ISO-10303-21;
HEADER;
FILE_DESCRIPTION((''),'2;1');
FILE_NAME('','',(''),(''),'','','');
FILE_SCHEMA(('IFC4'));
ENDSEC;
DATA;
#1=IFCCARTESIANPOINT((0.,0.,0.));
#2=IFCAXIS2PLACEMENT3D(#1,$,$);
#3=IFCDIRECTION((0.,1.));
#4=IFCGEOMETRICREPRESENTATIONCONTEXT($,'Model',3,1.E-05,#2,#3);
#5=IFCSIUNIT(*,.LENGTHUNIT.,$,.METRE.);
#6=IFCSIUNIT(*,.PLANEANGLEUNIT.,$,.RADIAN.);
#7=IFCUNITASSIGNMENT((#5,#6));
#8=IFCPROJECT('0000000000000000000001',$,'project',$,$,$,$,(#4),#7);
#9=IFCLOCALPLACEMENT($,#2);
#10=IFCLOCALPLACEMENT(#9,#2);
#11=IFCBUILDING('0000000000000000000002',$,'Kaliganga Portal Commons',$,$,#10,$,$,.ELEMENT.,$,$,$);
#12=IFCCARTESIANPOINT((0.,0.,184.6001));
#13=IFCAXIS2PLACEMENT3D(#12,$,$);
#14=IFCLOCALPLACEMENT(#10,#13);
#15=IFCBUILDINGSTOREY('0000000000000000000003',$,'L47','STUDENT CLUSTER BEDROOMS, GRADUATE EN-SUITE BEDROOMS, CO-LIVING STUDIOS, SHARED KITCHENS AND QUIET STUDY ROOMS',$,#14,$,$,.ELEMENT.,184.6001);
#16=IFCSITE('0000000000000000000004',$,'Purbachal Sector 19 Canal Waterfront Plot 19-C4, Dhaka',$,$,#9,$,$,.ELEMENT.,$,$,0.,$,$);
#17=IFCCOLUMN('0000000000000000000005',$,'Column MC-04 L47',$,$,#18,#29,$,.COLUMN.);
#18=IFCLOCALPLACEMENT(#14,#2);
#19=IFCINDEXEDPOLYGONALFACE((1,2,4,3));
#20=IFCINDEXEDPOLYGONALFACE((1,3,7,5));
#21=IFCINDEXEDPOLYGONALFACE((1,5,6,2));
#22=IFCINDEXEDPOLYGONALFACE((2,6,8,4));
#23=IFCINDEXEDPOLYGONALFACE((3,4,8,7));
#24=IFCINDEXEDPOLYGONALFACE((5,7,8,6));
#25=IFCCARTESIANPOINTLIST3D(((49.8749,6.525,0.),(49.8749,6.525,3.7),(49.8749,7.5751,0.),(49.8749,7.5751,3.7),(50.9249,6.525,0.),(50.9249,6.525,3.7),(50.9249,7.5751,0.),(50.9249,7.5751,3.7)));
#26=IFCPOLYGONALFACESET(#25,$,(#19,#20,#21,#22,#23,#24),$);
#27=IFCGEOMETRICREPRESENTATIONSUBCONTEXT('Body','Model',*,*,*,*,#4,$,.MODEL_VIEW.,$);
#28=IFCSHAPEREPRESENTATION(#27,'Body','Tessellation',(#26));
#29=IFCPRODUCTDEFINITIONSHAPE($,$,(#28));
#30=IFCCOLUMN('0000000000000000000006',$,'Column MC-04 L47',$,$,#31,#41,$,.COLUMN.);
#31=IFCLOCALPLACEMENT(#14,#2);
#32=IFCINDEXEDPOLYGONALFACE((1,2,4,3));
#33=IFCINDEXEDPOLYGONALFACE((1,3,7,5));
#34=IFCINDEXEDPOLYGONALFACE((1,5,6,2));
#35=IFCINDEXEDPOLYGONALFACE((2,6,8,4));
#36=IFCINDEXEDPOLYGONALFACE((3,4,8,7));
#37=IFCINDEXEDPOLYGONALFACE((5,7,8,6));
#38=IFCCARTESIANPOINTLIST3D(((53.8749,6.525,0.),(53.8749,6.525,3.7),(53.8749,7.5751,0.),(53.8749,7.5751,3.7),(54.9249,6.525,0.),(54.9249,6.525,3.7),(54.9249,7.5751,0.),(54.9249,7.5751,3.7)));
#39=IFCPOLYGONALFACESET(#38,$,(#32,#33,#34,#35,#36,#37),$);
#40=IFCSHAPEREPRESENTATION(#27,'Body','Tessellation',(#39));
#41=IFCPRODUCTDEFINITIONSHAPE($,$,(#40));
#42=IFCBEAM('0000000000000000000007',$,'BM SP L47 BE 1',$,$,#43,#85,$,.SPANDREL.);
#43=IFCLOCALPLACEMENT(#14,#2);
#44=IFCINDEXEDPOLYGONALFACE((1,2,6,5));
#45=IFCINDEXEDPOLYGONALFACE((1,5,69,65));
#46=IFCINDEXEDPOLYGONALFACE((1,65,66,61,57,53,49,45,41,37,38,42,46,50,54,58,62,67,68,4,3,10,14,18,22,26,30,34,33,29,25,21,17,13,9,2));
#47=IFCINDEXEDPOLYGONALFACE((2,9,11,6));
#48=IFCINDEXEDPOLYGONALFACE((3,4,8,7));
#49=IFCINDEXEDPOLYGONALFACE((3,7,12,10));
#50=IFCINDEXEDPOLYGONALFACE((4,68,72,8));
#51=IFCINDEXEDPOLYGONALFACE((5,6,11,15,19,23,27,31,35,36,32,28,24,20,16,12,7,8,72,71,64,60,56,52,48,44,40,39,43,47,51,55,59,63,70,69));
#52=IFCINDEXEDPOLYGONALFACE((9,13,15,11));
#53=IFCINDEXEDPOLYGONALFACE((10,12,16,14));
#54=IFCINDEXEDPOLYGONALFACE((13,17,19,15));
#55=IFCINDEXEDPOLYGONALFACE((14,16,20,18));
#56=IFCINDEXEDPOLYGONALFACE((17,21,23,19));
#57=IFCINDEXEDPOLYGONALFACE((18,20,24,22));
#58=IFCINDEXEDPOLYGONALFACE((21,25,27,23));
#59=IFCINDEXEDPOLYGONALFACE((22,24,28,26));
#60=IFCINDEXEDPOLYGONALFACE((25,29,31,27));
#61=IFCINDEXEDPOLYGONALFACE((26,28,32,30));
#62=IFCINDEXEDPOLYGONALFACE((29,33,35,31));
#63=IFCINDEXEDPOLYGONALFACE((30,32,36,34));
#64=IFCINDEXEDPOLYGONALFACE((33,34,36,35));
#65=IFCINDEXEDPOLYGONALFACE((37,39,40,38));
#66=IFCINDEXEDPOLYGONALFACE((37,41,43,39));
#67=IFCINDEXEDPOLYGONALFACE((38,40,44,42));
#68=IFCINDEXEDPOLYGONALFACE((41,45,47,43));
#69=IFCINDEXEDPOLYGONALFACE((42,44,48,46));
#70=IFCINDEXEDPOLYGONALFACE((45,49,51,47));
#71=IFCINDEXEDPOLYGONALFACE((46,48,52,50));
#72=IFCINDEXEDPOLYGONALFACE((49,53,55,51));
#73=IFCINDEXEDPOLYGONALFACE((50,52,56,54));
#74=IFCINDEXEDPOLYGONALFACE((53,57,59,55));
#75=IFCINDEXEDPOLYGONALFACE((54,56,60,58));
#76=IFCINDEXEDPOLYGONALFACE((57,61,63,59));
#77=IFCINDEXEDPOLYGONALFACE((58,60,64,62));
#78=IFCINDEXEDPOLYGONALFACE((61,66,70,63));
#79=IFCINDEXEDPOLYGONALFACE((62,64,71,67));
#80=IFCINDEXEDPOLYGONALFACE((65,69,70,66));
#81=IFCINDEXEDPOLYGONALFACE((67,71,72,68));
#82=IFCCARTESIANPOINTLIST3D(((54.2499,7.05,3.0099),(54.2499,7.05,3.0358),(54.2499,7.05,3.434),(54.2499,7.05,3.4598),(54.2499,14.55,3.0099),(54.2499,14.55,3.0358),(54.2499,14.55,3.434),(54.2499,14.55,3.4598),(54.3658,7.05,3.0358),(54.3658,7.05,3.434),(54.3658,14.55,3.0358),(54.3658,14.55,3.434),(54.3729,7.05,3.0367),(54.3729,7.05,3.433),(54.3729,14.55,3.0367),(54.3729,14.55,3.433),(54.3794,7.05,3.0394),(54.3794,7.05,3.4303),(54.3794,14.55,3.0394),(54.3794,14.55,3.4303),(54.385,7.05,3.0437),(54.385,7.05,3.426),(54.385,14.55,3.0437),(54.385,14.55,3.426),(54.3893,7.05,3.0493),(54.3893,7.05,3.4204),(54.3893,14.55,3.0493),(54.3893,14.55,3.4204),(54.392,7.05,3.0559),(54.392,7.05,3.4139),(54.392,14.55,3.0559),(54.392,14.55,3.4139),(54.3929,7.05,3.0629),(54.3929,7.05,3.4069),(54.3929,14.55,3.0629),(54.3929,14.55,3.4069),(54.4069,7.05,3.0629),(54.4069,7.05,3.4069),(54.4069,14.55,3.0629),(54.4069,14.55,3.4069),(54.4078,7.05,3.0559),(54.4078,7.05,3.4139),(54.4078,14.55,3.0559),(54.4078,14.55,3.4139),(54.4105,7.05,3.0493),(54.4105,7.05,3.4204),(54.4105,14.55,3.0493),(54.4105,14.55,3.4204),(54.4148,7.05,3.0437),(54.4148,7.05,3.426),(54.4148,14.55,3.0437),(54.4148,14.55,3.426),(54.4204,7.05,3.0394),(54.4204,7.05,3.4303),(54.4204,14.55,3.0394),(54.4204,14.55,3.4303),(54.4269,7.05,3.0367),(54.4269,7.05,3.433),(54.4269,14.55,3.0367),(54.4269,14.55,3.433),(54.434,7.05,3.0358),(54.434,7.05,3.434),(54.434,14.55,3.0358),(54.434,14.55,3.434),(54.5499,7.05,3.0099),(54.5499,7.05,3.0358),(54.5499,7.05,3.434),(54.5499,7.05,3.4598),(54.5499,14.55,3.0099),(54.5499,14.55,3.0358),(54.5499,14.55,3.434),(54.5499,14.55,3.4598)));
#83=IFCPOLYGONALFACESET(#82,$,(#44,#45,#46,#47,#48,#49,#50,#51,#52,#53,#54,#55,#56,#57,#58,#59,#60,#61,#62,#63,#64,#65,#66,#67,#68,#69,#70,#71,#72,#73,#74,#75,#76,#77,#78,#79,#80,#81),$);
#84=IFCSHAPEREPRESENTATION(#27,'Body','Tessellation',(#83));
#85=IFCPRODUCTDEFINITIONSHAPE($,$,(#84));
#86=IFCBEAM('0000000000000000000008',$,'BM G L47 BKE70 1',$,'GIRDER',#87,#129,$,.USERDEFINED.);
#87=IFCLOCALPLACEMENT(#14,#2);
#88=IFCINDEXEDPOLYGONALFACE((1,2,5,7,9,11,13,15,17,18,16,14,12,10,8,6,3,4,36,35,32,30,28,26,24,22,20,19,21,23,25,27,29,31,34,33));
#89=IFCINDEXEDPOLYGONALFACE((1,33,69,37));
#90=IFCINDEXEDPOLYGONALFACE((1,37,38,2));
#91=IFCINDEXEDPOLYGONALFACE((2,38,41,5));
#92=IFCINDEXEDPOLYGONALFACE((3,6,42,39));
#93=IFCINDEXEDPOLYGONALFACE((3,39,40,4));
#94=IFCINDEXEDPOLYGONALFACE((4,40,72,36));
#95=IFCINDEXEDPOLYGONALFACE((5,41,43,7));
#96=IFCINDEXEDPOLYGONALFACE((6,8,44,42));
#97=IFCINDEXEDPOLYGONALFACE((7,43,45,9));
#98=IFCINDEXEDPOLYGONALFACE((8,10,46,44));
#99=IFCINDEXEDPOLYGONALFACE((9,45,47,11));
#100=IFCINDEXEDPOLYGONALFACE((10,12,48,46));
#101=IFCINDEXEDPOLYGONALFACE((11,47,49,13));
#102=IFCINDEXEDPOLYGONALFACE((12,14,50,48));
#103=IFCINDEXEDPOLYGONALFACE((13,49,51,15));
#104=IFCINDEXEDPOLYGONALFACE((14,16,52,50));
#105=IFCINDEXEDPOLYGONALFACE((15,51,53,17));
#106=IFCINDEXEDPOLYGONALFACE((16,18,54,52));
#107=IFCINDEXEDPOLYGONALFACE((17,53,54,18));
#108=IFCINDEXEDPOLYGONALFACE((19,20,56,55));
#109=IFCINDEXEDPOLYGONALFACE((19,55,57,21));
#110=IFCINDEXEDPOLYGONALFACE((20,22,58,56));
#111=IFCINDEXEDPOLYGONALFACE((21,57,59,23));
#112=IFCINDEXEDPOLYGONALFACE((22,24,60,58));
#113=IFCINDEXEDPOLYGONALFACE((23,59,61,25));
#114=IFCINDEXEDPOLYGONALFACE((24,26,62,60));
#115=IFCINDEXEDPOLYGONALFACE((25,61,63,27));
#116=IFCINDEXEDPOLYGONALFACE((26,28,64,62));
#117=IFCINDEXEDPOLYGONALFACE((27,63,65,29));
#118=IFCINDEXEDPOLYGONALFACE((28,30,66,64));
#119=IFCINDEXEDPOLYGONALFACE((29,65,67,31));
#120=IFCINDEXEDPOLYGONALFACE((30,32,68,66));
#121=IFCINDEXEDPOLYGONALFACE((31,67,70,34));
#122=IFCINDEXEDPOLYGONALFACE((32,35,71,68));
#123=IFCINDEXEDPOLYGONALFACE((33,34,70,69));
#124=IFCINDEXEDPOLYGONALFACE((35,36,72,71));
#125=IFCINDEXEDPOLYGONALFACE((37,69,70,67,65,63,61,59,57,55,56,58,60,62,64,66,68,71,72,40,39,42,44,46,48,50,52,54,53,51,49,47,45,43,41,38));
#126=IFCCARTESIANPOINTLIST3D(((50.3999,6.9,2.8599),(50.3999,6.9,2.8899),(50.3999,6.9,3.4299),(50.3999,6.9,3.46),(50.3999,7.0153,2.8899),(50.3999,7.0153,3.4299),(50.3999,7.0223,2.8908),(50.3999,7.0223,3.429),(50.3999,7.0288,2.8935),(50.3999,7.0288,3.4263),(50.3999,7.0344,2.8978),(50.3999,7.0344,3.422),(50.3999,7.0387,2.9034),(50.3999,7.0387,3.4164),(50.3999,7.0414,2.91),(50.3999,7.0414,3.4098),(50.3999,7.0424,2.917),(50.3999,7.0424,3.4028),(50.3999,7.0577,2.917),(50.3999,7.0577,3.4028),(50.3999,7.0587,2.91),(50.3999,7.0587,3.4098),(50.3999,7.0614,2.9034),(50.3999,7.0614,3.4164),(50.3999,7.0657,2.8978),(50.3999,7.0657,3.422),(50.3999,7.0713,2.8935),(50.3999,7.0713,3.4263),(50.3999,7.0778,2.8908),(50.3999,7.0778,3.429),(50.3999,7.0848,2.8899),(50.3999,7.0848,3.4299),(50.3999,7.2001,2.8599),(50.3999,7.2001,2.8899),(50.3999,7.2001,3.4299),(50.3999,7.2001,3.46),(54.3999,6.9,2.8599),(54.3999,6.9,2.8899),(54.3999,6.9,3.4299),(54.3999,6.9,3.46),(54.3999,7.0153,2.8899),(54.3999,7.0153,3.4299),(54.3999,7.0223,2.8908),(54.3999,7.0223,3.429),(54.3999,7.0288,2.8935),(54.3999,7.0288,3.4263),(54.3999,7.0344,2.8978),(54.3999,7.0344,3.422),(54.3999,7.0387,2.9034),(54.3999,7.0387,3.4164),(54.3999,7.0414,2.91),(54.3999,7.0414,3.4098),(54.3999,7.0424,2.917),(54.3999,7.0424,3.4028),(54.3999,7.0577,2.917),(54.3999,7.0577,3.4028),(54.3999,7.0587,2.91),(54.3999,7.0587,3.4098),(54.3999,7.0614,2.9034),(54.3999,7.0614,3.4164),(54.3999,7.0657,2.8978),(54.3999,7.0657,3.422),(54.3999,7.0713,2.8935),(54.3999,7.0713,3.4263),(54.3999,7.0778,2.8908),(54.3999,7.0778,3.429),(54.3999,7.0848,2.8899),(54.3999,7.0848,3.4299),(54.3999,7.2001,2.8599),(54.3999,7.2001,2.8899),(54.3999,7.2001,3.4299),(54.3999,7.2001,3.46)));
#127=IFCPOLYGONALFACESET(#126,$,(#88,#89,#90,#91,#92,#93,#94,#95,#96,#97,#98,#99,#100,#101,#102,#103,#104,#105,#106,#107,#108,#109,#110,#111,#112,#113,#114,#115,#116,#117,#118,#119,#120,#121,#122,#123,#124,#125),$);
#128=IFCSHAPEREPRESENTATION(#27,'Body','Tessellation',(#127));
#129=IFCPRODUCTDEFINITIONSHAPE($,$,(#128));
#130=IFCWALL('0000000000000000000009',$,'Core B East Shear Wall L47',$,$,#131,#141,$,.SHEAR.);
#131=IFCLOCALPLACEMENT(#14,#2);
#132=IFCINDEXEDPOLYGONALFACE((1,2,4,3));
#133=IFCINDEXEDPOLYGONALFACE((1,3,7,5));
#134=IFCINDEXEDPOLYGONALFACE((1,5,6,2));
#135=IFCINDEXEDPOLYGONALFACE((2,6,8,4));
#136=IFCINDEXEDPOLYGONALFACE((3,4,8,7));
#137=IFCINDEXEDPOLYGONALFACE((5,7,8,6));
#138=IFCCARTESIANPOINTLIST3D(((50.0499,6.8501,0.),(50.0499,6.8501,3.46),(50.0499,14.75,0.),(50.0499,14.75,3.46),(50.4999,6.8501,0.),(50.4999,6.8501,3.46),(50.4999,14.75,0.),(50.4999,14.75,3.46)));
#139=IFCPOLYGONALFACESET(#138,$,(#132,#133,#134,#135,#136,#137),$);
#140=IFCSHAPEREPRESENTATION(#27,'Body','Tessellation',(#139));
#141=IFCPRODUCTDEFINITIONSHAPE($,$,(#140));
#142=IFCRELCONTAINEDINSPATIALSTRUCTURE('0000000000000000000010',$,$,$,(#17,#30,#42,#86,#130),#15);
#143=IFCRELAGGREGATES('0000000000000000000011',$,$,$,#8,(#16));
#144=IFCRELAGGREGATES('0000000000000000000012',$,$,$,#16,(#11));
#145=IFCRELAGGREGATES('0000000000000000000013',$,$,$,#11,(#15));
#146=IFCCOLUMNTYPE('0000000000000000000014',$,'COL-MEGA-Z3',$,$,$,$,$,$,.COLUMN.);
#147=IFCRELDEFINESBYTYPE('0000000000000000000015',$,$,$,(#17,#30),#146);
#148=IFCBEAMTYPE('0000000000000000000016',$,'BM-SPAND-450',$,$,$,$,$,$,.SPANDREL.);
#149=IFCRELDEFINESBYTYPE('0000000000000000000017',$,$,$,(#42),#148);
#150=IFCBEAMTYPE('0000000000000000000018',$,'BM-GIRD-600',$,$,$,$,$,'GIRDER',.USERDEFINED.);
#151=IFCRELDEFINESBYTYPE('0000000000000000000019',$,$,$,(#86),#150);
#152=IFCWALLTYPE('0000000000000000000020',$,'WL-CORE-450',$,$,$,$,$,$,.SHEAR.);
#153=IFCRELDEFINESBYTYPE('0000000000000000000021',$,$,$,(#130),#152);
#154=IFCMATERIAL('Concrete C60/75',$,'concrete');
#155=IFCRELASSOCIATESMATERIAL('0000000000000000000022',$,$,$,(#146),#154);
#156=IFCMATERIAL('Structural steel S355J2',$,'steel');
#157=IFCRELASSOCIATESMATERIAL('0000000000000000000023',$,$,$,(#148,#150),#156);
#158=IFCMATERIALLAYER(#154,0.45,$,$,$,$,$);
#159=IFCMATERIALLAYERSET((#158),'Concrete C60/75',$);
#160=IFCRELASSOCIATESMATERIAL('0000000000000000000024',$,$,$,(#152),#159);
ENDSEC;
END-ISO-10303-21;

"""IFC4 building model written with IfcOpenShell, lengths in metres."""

from ifc_helpers import new_model, si_unit, direction, frame, frame_2d, origin, origin_2d, place, context, subcontext, project, spatial, rectangle, i_section, extrude, source, transform, mapped, material, layer, layer_set, material_profile, profile_set, type_object, element, save


model = new_model("IFC4")

# Units and contexts
model_context = context("Model", 3, precision=1e-05, world=origin(), true_north=direction((0.0, 1.0)))
body_context = subcontext(model_context, "Body", "Model", "MODEL_VIEW")
ifc_project = project(units=[si_unit("LENGTHUNIT", "METRE"), si_unit("PLANEANGLEUNIT", "RADIAN")], contexts=[model_context])

# Site, building, storey
site_placement = place(None, origin())
site = spatial("IfcSite", under=ifc_project, at=site_placement, Name="Purbachal Sector 19 Canal Waterfront Plot 19-C4, Dhaka", CompositionType="ELEMENT", RefElevation=0.0)
building_placement = place(site_placement, origin())
building = spatial("IfcBuilding", under=site, at=building_placement, Name="Kaliganga Portal Commons", CompositionType="ELEMENT")
storey_placement = place(building_placement, frame((0.0, 0.0, 184.6001)))
storey = spatial("IfcBuildingStorey", under=building, at=storey_placement, Name="L47", Description="STUDENT CLUSTER BEDROOMS, GRADUATE EN-SUITE BEDROOMS, CO-LIVING STUDIOS, SHARED KITCHENS AND QUIET STUDY ROOMS", CompositionType="ELEMENT", Elevation=184.6001)

# Columns
ifc_material_1 = material(Name="Concrete C60/75", Category="concrete")
ifc_material_profile_1 = material_profile(ifc_material_1, rectangle(XDim=1.05, YDim=1.05, at=origin_2d()), Name="RC 1050x1050")
ifc_profile_set_1 = profile_set([ifc_material_profile_1], Name="Concrete C60/75")
column_type = type_object("IfcColumnType", Name="COL-MEGA-Z3", PredefinedType="COLUMN", material=ifc_profile_set_1)
shared_shape_1 = source(origin(), body_context, "Body", "SweptSolid", [
    extrude(rectangle(XDim=1.05, YDim=1.05, at=origin_2d()), origin(), (0.0, 0.0, 1.0), 3.7),
])
for number, where, z_axis, x_axis, name in (
    (1, (50.3999, 7.05, 0.0), (0.0, 0.0, 1.0), (1.0, 0.0, 0.0), "Column MC-04 L47"),
    (2, (54.3999, 7.05, 0.0), (0.0, 0.0, 1.0), (1.0, 0.0, 0.0), "Column MC-04 L47"),
):
    element("IfcColumn", number, at=place(storey_placement, frame(where, z_axis=z_axis, x_axis=x_axis)), inside=storey, type_object=column_type, Name=name, PredefinedType="COLUMN", context=body_context, shape_type="MappedRepresentation", body=[
        mapped(shared_shape_1, transform((0.0, 0.0, 0.0), x_axis=(1.0, 0.0, 0.0), y_axis=(0.0, 1.0, 0.0), z_axis=(0.0, 0.0, 1.0), scale=1.0)),
    ])

# Beams
ifc_material_2 = material(Name="Structural steel S355J2", Category="steel")
ifc_material_profile_2 = material_profile(ifc_material_2, i_section(OverallWidth=0.3, OverallDepth=0.45, WebThickness=0.0139, FlangeThickness=0.0259, FilletRadius=0.0271, at=origin_2d()), Name="HE 450 B")
ifc_profile_set_2 = profile_set([ifc_material_profile_2], Name="Structural steel S355J2 wide-flange")
beam_type_1 = type_object("IfcBeamType", Name="BM-SPAND-450", PredefinedType="SPANDREL", material=ifc_profile_set_2)
shared_shape_2 = source(origin(), body_context, "Body", "SweptSolid", [
    extrude(i_section(OverallWidth=0.3, OverallDepth=0.45, WebThickness=0.0139, FlangeThickness=0.0259, FilletRadius=0.0271, at=origin_2d()), origin(), (0.0, 0.0, 1.0), 7.5),
])
beam_1_placement = place(storey_placement, frame((54.3999, 7.05, 3.2349), z_axis=(0.0, 1.0, 0.0), x_axis=(-1.0, 0.0, 0.0)))
element("IfcBeam", 3, at=beam_1_placement, inside=storey, type_object=beam_type_1, Name="BM SP L47 BE 1", PredefinedType="SPANDREL", context=body_context, shape_type="MappedRepresentation", body=[
    mapped(shared_shape_2, transform((0.0, 0.0, 0.0), x_axis=(1.0, 0.0, 0.0), y_axis=(0.0, 1.0, 0.0), z_axis=(0.0, 0.0, 1.0), scale=1.0)),
])
ifc_material_profile_3 = material_profile(ifc_material_2, i_section(OverallWidth=0.3, OverallDepth=0.6001, WebThickness=0.0154, FlangeThickness=0.03, FilletRadius=0.0271, at=origin_2d()), Name="HE 600 B")
ifc_profile_set_3 = profile_set([ifc_material_profile_3], Name="Structural steel S355J2 wide-flange")
beam_type_2 = type_object("IfcBeamType", Name="BM-GIRD-600", ElementType="GIRDER", PredefinedType="USERDEFINED", material=ifc_profile_set_3)
shared_shape_3 = source(origin(), body_context, "Body", "SweptSolid", [
    extrude(i_section(OverallWidth=0.3, OverallDepth=0.6001, WebThickness=0.0154, FlangeThickness=0.03, FilletRadius=0.0271, at=origin_2d()), origin(), (0.0, 0.0, 1.0), 4.0),
])
beam_2_placement = place(storey_placement, frame((50.3999, 7.05, 3.1599), z_axis=(1.0, 0.0, 0.0), x_axis=(0.0, 1.0, 0.0)))
element("IfcBeam", 4, at=beam_2_placement, inside=storey, type_object=beam_type_2, Name="BM G L47 BKE70 1", ObjectType="GIRDER", PredefinedType="USERDEFINED", context=body_context, shape_type="MappedRepresentation", body=[
    mapped(shared_shape_3, transform((0.0, 0.0, 0.0), x_axis=(1.0, 0.0, 0.0), y_axis=(0.0, 1.0, 0.0), z_axis=(0.0, 0.0, 1.0), scale=1.0)),
])

# Wall
ifc_layer_1 = layer(ifc_material_1, 0.45)
ifc_layer_set_1 = layer_set([ifc_layer_1], Name="Concrete C60/75")
wall_type_1 = type_object("IfcWallType", Name="WL-CORE-450", PredefinedType="SHEAR", material=ifc_layer_set_1)
wall_1_placement = place(storey_placement, frame((50.2749, 6.8501, 0.0), z_axis=(0.0, 0.0, 1.0), x_axis=(0.0, 1.0, 0.0)))
element("IfcWall", 5, at=wall_1_placement, inside=storey, type_object=wall_type_1, Name="Core B East Shear Wall L47", PredefinedType="SHEAR", context=body_context, shape_type="SweptSolid", body=[
    extrude(rectangle(XDim=7.8999, YDim=0.45, at=frame_2d((3.95, 0.0))), origin(), (0.0, 0.0, 1.0), 3.46),
])

save(model, "model.ifc")
